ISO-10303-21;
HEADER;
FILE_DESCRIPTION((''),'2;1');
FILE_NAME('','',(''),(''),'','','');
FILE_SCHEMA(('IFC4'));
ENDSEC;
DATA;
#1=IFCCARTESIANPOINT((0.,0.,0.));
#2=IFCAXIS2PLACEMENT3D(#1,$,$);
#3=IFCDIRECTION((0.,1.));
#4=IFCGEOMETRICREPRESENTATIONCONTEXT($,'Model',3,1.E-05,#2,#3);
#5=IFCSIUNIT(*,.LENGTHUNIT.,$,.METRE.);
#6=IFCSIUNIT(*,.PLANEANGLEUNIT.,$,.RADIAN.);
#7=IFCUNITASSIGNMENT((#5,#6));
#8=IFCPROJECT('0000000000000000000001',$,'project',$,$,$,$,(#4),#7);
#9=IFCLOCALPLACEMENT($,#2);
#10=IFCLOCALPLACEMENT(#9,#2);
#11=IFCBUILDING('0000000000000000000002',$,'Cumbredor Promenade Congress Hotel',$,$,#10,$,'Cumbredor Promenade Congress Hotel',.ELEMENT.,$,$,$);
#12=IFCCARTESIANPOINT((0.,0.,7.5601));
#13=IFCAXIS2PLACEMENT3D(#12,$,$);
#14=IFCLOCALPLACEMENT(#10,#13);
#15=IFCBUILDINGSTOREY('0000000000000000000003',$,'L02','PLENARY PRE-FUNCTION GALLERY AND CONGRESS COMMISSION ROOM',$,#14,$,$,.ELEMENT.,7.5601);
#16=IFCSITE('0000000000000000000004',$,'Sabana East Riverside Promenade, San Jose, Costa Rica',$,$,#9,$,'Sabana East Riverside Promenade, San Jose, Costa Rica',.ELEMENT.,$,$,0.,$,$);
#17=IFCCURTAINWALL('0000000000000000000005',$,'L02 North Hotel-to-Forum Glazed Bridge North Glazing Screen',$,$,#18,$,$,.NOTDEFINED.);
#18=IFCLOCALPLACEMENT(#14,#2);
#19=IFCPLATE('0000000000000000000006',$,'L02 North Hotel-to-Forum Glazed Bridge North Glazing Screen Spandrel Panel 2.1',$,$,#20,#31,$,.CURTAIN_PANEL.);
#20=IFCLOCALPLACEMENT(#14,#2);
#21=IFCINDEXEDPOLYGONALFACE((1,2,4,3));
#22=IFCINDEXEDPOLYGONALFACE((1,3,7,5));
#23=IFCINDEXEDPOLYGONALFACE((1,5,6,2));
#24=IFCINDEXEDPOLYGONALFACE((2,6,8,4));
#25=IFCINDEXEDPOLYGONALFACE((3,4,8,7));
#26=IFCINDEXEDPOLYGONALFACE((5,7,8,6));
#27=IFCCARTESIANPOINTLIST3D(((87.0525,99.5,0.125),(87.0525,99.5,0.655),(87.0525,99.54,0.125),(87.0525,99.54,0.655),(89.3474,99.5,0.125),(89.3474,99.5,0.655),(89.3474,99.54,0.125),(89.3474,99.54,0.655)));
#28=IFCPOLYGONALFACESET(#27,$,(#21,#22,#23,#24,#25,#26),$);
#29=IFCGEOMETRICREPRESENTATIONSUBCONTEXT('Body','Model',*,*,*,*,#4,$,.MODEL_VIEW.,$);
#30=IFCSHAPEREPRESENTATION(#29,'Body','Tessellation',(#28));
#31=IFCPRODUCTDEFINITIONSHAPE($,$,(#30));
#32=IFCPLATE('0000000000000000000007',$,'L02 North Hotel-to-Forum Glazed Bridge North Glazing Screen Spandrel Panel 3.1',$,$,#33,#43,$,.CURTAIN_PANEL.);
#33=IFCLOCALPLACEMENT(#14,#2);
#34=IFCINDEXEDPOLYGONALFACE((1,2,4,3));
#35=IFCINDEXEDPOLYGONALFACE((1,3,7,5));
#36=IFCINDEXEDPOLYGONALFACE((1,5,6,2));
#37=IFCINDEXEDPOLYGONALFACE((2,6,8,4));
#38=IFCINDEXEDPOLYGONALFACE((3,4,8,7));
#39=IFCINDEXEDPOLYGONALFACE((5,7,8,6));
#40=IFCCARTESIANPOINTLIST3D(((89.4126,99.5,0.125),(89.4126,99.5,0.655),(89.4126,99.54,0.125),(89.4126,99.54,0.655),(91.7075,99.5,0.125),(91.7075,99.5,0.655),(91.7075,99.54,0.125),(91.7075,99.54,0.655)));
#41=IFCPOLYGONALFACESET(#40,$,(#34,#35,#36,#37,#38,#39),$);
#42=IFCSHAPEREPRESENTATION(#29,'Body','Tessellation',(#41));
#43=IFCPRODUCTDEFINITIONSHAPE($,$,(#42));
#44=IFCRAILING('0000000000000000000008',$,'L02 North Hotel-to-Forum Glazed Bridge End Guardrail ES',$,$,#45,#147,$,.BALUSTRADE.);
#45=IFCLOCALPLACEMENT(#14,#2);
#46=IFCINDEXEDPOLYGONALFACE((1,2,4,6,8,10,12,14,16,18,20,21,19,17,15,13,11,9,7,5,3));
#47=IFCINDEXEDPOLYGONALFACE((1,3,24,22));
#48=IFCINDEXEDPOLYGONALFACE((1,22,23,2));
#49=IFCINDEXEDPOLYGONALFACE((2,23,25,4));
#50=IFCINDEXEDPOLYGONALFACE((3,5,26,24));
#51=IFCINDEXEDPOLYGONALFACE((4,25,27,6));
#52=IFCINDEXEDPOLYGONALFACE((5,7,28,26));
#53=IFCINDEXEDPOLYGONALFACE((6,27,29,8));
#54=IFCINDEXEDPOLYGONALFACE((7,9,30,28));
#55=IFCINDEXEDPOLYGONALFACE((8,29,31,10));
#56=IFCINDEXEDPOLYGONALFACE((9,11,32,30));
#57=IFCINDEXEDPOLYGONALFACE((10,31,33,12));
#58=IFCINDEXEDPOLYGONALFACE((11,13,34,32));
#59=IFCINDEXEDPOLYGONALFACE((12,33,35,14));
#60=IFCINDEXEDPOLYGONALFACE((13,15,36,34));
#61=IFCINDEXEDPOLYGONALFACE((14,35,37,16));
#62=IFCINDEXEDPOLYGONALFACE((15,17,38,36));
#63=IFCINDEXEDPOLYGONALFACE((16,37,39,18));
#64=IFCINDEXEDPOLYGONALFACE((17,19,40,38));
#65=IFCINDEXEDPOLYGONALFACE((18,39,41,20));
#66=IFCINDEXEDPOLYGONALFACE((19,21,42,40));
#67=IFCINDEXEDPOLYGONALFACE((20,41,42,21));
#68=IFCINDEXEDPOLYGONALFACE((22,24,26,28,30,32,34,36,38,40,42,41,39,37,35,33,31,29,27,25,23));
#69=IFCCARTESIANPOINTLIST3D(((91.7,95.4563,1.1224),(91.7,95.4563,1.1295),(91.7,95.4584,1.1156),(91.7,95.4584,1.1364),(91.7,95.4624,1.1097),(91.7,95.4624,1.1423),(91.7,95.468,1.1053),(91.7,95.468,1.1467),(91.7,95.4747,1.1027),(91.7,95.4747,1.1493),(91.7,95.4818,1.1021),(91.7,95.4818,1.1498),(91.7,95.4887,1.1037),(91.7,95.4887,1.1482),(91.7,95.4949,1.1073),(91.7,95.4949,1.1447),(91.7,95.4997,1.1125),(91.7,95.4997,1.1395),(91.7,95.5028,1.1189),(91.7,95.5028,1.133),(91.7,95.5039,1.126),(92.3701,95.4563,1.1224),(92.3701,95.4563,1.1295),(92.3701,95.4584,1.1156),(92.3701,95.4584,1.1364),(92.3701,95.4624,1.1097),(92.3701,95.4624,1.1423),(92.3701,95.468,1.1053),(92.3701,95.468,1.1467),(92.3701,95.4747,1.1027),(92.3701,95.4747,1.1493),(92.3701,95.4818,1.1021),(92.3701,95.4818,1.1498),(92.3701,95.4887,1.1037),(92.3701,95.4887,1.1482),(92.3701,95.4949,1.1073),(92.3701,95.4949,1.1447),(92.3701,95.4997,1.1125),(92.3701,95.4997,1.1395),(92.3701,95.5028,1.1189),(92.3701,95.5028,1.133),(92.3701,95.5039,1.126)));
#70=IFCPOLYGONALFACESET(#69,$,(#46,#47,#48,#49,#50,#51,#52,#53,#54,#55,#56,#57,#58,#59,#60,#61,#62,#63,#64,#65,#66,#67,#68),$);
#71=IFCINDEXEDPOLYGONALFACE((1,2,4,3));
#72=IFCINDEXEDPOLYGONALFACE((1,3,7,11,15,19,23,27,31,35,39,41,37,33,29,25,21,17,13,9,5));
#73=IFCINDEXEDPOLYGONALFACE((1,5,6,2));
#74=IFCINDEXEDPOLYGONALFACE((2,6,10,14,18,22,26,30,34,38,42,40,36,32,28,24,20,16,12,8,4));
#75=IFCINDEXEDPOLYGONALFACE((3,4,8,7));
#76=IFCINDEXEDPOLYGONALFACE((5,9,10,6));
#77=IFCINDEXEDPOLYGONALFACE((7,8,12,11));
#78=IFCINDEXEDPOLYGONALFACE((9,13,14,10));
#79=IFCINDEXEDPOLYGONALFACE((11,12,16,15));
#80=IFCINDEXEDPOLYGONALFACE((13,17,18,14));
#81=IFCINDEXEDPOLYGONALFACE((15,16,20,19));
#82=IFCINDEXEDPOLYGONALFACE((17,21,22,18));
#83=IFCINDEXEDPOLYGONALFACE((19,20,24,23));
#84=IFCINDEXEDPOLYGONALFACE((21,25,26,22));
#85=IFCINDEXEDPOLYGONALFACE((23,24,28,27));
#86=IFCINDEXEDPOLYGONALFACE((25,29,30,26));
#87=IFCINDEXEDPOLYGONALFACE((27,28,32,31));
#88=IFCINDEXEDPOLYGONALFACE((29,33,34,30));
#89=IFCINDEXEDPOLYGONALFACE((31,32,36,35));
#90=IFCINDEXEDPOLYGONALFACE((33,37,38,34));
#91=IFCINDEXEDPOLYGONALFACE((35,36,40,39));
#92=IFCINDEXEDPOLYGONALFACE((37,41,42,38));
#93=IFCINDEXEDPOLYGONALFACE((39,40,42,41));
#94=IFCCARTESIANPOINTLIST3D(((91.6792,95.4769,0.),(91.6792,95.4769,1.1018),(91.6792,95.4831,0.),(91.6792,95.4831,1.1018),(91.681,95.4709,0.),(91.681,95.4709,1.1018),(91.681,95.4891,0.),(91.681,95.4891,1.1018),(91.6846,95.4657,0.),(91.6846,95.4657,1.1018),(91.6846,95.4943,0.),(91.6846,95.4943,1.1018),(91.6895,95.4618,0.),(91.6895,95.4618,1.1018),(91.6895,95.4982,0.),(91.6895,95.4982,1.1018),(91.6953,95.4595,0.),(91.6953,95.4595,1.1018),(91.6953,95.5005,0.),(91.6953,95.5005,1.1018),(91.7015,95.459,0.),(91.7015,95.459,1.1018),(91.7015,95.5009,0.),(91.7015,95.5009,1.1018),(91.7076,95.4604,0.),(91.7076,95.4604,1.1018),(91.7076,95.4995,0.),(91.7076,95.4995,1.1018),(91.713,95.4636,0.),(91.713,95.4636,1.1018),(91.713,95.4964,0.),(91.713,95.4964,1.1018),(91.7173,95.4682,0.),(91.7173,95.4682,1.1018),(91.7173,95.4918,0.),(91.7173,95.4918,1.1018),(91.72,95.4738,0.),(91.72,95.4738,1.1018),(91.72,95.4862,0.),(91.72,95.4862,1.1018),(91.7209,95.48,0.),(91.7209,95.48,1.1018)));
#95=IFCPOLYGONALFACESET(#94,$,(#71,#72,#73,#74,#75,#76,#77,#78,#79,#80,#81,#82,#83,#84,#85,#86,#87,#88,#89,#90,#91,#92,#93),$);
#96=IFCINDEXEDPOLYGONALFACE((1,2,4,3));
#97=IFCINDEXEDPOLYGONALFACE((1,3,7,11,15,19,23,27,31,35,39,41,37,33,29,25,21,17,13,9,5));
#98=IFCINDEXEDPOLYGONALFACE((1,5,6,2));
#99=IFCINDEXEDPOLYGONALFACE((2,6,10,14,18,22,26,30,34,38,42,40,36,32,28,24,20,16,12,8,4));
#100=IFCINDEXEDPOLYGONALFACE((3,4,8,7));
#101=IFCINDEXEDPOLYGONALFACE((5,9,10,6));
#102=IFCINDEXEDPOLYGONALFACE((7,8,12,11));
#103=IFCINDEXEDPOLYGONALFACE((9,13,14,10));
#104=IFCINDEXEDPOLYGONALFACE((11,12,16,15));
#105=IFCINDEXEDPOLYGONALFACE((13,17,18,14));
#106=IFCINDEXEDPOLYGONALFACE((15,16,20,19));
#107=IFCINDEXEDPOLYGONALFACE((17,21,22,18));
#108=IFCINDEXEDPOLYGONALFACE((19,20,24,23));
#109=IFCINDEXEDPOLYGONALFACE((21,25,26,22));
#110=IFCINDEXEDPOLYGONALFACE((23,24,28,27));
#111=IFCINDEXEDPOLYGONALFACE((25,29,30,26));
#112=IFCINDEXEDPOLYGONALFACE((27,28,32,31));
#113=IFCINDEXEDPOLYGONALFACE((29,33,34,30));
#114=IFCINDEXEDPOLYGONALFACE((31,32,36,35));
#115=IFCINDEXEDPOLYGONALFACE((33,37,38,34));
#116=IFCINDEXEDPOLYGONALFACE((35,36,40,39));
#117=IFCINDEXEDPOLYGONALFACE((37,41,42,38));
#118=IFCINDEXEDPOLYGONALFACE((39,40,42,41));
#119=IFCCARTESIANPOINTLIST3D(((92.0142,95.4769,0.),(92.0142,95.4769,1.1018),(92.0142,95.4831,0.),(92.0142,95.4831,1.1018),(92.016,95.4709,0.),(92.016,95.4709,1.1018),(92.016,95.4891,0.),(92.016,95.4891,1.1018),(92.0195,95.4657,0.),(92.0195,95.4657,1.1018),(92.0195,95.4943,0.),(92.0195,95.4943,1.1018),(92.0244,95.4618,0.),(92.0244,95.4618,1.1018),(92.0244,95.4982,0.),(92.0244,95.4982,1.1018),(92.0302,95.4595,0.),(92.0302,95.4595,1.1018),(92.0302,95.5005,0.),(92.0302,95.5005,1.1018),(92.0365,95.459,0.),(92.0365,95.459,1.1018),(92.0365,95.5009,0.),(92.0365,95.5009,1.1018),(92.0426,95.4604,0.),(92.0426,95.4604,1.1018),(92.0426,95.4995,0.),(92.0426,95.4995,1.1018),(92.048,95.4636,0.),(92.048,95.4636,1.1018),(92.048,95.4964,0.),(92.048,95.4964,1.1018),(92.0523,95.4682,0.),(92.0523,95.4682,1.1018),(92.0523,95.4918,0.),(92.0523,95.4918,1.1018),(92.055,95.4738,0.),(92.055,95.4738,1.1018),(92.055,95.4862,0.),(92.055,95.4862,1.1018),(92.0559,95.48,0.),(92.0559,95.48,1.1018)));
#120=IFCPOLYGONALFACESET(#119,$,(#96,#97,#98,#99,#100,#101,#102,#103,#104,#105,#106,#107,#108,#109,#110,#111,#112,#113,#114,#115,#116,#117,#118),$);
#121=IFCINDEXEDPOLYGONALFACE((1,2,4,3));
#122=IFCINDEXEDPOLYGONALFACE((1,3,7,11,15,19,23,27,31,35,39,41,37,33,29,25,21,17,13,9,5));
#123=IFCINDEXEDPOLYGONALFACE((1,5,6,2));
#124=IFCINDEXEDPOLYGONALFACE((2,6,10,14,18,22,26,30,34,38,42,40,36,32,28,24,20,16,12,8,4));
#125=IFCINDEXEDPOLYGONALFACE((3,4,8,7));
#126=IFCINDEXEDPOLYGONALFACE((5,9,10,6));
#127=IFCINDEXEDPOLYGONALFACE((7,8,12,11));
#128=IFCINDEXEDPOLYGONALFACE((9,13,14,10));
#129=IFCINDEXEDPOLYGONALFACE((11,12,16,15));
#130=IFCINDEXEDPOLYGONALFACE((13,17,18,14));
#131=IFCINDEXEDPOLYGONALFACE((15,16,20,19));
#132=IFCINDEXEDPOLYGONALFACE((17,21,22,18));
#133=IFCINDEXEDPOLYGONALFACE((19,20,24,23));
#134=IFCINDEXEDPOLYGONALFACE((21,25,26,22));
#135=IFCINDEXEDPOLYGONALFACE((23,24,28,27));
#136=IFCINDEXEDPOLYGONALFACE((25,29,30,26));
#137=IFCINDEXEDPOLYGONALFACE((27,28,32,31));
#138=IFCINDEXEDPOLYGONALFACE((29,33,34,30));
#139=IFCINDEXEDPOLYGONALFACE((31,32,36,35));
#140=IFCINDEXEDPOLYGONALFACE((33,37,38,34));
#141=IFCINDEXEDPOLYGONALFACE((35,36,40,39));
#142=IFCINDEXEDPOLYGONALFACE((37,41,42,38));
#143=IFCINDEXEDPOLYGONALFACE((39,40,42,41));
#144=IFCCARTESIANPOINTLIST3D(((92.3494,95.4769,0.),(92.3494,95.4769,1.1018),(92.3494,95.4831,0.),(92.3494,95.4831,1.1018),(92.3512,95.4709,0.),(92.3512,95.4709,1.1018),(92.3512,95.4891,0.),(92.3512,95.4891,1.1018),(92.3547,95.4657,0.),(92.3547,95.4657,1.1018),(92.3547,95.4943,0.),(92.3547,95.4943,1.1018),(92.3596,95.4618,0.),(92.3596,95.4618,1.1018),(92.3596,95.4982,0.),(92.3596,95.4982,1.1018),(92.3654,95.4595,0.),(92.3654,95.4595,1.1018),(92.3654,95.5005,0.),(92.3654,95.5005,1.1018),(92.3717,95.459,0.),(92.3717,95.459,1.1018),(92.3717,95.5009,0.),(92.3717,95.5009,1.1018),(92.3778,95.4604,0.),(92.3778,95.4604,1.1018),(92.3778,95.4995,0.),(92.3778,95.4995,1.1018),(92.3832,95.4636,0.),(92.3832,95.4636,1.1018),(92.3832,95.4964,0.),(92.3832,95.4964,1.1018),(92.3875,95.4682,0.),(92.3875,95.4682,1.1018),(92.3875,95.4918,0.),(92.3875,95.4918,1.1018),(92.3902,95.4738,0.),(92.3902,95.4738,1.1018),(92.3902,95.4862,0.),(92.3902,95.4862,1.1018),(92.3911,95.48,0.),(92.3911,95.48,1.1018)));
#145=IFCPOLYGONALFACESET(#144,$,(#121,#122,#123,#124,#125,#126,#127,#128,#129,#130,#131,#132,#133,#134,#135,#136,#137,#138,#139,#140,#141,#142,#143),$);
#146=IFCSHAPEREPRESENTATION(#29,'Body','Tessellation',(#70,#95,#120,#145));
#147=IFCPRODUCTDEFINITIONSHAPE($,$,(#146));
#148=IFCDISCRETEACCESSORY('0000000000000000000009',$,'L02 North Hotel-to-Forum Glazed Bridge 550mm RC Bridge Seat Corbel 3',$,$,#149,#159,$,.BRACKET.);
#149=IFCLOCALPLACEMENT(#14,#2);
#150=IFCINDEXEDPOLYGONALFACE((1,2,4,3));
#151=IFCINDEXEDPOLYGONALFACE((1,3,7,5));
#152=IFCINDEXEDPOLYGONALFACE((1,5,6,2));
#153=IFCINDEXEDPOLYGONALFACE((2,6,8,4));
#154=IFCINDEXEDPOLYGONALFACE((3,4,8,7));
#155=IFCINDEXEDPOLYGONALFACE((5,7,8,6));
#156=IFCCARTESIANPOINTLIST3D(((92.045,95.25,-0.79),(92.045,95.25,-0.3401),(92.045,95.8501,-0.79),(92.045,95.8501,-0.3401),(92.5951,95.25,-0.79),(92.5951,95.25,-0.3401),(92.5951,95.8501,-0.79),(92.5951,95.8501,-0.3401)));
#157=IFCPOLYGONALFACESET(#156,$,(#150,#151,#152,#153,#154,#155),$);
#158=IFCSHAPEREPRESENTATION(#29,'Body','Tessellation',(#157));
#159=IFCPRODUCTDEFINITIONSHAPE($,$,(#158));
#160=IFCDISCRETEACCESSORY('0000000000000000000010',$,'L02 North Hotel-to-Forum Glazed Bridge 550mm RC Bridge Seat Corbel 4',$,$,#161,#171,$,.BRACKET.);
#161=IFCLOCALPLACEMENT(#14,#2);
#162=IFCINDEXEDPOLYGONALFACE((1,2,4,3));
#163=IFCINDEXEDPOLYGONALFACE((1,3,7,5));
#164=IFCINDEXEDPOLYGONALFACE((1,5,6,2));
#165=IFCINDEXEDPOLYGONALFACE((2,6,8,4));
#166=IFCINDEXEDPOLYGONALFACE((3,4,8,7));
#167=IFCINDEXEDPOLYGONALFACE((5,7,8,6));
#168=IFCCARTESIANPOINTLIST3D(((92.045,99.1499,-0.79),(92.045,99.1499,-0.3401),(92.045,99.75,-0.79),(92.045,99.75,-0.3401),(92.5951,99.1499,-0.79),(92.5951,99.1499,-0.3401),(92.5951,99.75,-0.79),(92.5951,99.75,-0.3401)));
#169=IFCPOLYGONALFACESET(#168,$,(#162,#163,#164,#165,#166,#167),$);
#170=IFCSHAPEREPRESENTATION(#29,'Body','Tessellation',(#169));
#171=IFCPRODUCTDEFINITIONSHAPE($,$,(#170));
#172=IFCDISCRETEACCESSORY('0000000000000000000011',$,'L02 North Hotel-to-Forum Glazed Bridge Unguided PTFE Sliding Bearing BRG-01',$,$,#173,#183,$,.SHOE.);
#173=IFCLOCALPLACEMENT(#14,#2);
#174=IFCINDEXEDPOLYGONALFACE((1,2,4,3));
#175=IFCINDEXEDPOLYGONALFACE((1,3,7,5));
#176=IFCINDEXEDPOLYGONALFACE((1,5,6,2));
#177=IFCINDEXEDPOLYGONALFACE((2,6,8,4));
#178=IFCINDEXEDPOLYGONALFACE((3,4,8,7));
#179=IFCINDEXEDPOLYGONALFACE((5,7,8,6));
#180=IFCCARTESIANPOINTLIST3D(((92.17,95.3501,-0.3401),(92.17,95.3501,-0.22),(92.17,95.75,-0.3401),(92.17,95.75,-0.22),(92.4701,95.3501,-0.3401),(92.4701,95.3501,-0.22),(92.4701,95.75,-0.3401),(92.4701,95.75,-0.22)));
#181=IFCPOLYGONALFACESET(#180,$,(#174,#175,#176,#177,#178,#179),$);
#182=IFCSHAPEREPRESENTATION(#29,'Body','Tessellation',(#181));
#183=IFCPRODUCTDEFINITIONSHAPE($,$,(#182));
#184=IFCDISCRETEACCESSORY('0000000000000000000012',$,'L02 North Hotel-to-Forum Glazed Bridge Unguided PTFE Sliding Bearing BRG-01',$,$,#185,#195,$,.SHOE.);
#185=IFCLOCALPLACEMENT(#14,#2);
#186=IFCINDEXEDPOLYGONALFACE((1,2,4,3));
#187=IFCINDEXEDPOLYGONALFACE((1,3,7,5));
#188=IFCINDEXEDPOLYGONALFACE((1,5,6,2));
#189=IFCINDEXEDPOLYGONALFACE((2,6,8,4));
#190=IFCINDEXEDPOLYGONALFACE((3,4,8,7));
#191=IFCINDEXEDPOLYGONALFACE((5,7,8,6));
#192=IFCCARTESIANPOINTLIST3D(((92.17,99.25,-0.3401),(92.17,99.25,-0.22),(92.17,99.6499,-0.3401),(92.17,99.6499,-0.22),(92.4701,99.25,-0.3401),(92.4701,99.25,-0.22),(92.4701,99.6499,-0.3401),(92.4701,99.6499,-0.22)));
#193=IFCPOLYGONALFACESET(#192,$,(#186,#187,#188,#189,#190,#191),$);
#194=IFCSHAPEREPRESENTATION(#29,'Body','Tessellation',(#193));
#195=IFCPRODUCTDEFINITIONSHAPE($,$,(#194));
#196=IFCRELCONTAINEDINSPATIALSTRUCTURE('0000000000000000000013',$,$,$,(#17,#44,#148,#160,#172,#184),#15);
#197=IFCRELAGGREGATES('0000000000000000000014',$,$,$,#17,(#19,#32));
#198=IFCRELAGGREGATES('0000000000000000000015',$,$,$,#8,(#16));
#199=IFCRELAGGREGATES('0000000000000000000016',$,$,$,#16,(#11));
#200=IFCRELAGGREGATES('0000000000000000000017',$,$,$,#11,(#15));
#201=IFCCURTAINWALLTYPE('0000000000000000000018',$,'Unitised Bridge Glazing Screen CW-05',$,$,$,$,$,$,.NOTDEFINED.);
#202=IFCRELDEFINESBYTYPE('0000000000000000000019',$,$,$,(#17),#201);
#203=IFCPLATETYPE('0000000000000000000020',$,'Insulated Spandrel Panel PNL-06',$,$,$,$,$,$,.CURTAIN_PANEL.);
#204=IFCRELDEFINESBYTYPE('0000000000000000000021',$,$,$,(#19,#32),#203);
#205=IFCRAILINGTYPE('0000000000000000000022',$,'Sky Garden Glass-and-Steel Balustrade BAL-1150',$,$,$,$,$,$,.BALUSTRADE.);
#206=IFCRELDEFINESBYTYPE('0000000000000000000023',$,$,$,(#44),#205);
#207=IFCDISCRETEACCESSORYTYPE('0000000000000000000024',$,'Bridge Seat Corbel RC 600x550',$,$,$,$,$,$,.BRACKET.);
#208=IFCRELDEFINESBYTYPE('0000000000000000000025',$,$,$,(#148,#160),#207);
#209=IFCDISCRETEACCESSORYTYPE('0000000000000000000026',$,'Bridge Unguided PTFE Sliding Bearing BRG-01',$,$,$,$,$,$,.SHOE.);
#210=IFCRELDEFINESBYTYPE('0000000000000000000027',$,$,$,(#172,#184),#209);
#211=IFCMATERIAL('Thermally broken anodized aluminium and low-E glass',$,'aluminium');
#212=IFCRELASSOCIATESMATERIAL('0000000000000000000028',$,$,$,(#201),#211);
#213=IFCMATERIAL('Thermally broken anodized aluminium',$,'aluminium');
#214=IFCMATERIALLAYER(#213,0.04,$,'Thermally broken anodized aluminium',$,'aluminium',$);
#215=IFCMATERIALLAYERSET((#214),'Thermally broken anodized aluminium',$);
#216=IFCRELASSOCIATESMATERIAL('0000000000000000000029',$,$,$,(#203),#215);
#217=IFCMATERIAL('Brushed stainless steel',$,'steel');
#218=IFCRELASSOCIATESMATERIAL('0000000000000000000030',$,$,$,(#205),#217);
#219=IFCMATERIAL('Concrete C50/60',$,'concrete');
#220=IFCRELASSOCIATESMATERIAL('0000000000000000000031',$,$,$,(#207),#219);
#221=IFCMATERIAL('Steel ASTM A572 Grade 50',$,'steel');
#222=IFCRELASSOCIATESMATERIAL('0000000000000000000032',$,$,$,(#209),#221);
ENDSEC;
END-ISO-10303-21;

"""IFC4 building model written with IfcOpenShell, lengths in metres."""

from ifc_helpers import new_model, si_unit, direction, frame, origin, origin_2d, place, context, subcontext, project, spatial, rectangle, circle, extrude, material, layer, layer_set, type_object, element, aggregate, save


model = new_model("IFC4")

# Units and contexts
model_context = context("Model", 3, precision=1e-05, world=origin(), true_north=direction((0.0, 1.0)))
body_context = subcontext(model_context, "Body", "Model", "MODEL_VIEW")
ifc_project = project(units=[si_unit("LENGTHUNIT", "METRE"), si_unit("PLANEANGLEUNIT", "RADIAN")], contexts=[model_context])

# Site, building, storey
site_placement = place(None, origin())
site = spatial("IfcSite", under=ifc_project, at=site_placement, Name="Sabana East Riverside Promenade, San Jose, Costa Rica", LongName="Sabana East Riverside Promenade, San Jose, Costa Rica", CompositionType="ELEMENT", RefElevation=0.0)
building_placement = place(site_placement, origin())
building = spatial("IfcBuilding", under=site, at=building_placement, Name="Cumbredor Promenade Congress Hotel", LongName="Cumbredor Promenade Congress Hotel", CompositionType="ELEMENT")
storey_placement = place(building_placement, frame((0.0, 0.0, 7.5601)))
storey = spatial("IfcBuildingStorey", under=building, at=storey_placement, Name="L02", Description="PLENARY PRE-FUNCTION GALLERY AND CONGRESS COMMISSION ROOM", CompositionType="ELEMENT", Elevation=7.5601)

# Shared definitions
ifc_material_1 = material(Name="Thermally broken anodized aluminium and low-E glass", Category="aluminium")
curtain_wall_type_1 = type_object("IfcCurtainWallType", Name="Unitised Bridge Glazing Screen CW-05", PredefinedType="NOTDEFINED", material=ifc_material_1)
ifc_material_2 = material(Name="Thermally broken anodized aluminium", Category="aluminium")

# Curtain wall
curtain_wall_1_placement = place(storey_placement, origin())
curtain_wall_1 = element("IfcCurtainWall", 1, at=curtain_wall_1_placement, inside=storey, type_object=curtain_wall_type_1, Name="L02 North Hotel-to-Forum Glazed Bridge North Glazing Screen", PredefinedType="NOTDEFINED")

# Shared definitions
ifc_material_3 = material(Name="Steel ASTM A572 Grade 50", Category="steel")

# Plates
ifc_layer_1 = layer(ifc_material_2, 0.04, Name="Thermally broken anodized aluminium", Category="aluminium")
ifc_layer_set_1 = layer_set([ifc_layer_1], Name="Thermally broken anodized aluminium")
plate_type_1 = type_object("IfcPlateType", Name="Insulated Spandrel Panel PNL-06", PredefinedType="CURTAIN_PANEL", material=ifc_layer_set_1)
plate_1_placement = place(storey_placement, frame((88.2, 99.52, 0.125), z_axis=(0.0, 0.0, 1.0), x_axis=(1.0, 0.0, 0.0)))
plate_1 = element("IfcPlate", 2, at=plate_1_placement, type_object=plate_type_1, Name="L02 North Hotel-to-Forum Glazed Bridge North Glazing Screen Spandrel Panel 2.1", PredefinedType="CURTAIN_PANEL", context=body_context, shape_type="SweptSolid", body=[
    extrude(rectangle(XDim=2.2949, YDim=0.04, at=origin_2d()), origin(), (0.0, 0.0, 1.0), 0.53),
])
plate_2_placement = place(storey_placement, frame((90.5601, 99.52, 0.125), z_axis=(0.0, 0.0, 1.0), x_axis=(1.0, 0.0, 0.0)))
plate_2 = element("IfcPlate", 3, at=plate_2_placement, type_object=plate_type_1, Name="L02 North Hotel-to-Forum Glazed Bridge North Glazing Screen Spandrel Panel 3.1", PredefinedType="CURTAIN_PANEL", context=body_context, shape_type="SweptSolid", body=[
    extrude(rectangle(XDim=2.2949, YDim=0.04, at=origin_2d()), origin(), (0.0, 0.0, 1.0), 0.53),
])
aggregate(curtain_wall_1, [plate_1, plate_2])

# Railing
ifc_material_4 = material(Name="Brushed stainless steel", Category="steel")
railing_type = type_object("IfcRailingType", Name="Sky Garden Glass-and-Steel Balustrade BAL-1150", PredefinedType="BALUSTRADE", material=ifc_material_4)
railing_placement = place(storey_placement, frame((91.7, 95.48, 0.0)))
element("IfcRailing", 4, at=railing_placement, inside=storey, type_object=railing_type, Name="L02 North Hotel-to-Forum Glazed Bridge End Guardrail ES", PredefinedType="BALUSTRADE", context=body_context, shape_type="SweptSolid", body=[
    extrude(circle(Radius=0.0239, at=origin_2d()), frame((0.0, 0.0, 1.126), z_axis=(1.0, 0.0, 0.0), x_axis=(0.0, 1.0, 0.0)), (0.0, 0.0, 1.0), 0.6702),
    extrude(circle(Radius=0.021, at=origin_2d()), origin(), (0.0, 0.0, 1.0), 1.1018),
    extrude(circle(Radius=0.021, at=origin_2d()), frame((0.335, 0.0, 0.0)), (0.0, 0.0, 1.0), 1.1018),
    extrude(circle(Radius=0.021, at=origin_2d()), frame((0.6702, 0.0, 0.0)), (0.0, 0.0, 1.0), 1.1018),
])

# Discrete accessories
ifc_material_5 = material(Name="Concrete C50/60", Category="concrete")
discrete_accessory_type_1 = type_object("IfcDiscreteAccessoryType", Name="Bridge Seat Corbel RC 600x550", PredefinedType="BRACKET", material=ifc_material_5)
for number, where, z_axis, x_axis, name in (
    (5, (92.3201, 95.55, -0.79), (0.0, 0.0, 1.0), (1.0, 0.0, 0.0), "L02 North Hotel-to-Forum Glazed Bridge 550mm RC Bridge Seat Corbel 3"),
    (6, (92.3201, 99.45, -0.79), (0.0, 0.0, 1.0), (1.0, 0.0, 0.0), "L02 North Hotel-to-Forum Glazed Bridge 550mm RC Bridge Seat Corbel 4"),
):
    element("IfcDiscreteAccessory", number, at=place(storey_placement, frame(where, z_axis=z_axis, x_axis=x_axis)), inside=storey, type_object=discrete_accessory_type_1, Name=name, PredefinedType="BRACKET", context=body_context, shape_type="SweptSolid", body=[
        extrude(rectangle(XDim=0.55, YDim=0.6001, at=origin_2d()), origin(), (0.0, 0.0, 1.0), 0.45),
    ])
discrete_accessory_type_2 = type_object("IfcDiscreteAccessoryType", Name="Bridge Unguided PTFE Sliding Bearing BRG-01", PredefinedType="SHOE", material=ifc_material_3)
for number, where, z_axis, x_axis, name in (
    (7, (92.3201, 95.55, -0.3401), (0.0, 0.0, 1.0), (1.0, 0.0, 0.0), "L02 North Hotel-to-Forum Glazed Bridge Unguided PTFE Sliding Bearing BRG-01"),
    (8, (92.3201, 99.45, -0.3401), (0.0, 0.0, 1.0), (1.0, 0.0, 0.0), "L02 North Hotel-to-Forum Glazed Bridge Unguided PTFE Sliding Bearing BRG-01"),
):
    element("IfcDiscreteAccessory", number, at=place(storey_placement, frame(where, z_axis=z_axis, x_axis=x_axis)), inside=storey, type_object=discrete_accessory_type_2, Name=name, PredefinedType="SHOE", context=body_context, shape_type="SweptSolid", body=[
        extrude(rectangle(XDim=0.3, YDim=0.3999, at=origin_2d()), origin(), (0.0, 0.0, 1.0), 0.1201),
    ])

save(model, "model.ifc")
